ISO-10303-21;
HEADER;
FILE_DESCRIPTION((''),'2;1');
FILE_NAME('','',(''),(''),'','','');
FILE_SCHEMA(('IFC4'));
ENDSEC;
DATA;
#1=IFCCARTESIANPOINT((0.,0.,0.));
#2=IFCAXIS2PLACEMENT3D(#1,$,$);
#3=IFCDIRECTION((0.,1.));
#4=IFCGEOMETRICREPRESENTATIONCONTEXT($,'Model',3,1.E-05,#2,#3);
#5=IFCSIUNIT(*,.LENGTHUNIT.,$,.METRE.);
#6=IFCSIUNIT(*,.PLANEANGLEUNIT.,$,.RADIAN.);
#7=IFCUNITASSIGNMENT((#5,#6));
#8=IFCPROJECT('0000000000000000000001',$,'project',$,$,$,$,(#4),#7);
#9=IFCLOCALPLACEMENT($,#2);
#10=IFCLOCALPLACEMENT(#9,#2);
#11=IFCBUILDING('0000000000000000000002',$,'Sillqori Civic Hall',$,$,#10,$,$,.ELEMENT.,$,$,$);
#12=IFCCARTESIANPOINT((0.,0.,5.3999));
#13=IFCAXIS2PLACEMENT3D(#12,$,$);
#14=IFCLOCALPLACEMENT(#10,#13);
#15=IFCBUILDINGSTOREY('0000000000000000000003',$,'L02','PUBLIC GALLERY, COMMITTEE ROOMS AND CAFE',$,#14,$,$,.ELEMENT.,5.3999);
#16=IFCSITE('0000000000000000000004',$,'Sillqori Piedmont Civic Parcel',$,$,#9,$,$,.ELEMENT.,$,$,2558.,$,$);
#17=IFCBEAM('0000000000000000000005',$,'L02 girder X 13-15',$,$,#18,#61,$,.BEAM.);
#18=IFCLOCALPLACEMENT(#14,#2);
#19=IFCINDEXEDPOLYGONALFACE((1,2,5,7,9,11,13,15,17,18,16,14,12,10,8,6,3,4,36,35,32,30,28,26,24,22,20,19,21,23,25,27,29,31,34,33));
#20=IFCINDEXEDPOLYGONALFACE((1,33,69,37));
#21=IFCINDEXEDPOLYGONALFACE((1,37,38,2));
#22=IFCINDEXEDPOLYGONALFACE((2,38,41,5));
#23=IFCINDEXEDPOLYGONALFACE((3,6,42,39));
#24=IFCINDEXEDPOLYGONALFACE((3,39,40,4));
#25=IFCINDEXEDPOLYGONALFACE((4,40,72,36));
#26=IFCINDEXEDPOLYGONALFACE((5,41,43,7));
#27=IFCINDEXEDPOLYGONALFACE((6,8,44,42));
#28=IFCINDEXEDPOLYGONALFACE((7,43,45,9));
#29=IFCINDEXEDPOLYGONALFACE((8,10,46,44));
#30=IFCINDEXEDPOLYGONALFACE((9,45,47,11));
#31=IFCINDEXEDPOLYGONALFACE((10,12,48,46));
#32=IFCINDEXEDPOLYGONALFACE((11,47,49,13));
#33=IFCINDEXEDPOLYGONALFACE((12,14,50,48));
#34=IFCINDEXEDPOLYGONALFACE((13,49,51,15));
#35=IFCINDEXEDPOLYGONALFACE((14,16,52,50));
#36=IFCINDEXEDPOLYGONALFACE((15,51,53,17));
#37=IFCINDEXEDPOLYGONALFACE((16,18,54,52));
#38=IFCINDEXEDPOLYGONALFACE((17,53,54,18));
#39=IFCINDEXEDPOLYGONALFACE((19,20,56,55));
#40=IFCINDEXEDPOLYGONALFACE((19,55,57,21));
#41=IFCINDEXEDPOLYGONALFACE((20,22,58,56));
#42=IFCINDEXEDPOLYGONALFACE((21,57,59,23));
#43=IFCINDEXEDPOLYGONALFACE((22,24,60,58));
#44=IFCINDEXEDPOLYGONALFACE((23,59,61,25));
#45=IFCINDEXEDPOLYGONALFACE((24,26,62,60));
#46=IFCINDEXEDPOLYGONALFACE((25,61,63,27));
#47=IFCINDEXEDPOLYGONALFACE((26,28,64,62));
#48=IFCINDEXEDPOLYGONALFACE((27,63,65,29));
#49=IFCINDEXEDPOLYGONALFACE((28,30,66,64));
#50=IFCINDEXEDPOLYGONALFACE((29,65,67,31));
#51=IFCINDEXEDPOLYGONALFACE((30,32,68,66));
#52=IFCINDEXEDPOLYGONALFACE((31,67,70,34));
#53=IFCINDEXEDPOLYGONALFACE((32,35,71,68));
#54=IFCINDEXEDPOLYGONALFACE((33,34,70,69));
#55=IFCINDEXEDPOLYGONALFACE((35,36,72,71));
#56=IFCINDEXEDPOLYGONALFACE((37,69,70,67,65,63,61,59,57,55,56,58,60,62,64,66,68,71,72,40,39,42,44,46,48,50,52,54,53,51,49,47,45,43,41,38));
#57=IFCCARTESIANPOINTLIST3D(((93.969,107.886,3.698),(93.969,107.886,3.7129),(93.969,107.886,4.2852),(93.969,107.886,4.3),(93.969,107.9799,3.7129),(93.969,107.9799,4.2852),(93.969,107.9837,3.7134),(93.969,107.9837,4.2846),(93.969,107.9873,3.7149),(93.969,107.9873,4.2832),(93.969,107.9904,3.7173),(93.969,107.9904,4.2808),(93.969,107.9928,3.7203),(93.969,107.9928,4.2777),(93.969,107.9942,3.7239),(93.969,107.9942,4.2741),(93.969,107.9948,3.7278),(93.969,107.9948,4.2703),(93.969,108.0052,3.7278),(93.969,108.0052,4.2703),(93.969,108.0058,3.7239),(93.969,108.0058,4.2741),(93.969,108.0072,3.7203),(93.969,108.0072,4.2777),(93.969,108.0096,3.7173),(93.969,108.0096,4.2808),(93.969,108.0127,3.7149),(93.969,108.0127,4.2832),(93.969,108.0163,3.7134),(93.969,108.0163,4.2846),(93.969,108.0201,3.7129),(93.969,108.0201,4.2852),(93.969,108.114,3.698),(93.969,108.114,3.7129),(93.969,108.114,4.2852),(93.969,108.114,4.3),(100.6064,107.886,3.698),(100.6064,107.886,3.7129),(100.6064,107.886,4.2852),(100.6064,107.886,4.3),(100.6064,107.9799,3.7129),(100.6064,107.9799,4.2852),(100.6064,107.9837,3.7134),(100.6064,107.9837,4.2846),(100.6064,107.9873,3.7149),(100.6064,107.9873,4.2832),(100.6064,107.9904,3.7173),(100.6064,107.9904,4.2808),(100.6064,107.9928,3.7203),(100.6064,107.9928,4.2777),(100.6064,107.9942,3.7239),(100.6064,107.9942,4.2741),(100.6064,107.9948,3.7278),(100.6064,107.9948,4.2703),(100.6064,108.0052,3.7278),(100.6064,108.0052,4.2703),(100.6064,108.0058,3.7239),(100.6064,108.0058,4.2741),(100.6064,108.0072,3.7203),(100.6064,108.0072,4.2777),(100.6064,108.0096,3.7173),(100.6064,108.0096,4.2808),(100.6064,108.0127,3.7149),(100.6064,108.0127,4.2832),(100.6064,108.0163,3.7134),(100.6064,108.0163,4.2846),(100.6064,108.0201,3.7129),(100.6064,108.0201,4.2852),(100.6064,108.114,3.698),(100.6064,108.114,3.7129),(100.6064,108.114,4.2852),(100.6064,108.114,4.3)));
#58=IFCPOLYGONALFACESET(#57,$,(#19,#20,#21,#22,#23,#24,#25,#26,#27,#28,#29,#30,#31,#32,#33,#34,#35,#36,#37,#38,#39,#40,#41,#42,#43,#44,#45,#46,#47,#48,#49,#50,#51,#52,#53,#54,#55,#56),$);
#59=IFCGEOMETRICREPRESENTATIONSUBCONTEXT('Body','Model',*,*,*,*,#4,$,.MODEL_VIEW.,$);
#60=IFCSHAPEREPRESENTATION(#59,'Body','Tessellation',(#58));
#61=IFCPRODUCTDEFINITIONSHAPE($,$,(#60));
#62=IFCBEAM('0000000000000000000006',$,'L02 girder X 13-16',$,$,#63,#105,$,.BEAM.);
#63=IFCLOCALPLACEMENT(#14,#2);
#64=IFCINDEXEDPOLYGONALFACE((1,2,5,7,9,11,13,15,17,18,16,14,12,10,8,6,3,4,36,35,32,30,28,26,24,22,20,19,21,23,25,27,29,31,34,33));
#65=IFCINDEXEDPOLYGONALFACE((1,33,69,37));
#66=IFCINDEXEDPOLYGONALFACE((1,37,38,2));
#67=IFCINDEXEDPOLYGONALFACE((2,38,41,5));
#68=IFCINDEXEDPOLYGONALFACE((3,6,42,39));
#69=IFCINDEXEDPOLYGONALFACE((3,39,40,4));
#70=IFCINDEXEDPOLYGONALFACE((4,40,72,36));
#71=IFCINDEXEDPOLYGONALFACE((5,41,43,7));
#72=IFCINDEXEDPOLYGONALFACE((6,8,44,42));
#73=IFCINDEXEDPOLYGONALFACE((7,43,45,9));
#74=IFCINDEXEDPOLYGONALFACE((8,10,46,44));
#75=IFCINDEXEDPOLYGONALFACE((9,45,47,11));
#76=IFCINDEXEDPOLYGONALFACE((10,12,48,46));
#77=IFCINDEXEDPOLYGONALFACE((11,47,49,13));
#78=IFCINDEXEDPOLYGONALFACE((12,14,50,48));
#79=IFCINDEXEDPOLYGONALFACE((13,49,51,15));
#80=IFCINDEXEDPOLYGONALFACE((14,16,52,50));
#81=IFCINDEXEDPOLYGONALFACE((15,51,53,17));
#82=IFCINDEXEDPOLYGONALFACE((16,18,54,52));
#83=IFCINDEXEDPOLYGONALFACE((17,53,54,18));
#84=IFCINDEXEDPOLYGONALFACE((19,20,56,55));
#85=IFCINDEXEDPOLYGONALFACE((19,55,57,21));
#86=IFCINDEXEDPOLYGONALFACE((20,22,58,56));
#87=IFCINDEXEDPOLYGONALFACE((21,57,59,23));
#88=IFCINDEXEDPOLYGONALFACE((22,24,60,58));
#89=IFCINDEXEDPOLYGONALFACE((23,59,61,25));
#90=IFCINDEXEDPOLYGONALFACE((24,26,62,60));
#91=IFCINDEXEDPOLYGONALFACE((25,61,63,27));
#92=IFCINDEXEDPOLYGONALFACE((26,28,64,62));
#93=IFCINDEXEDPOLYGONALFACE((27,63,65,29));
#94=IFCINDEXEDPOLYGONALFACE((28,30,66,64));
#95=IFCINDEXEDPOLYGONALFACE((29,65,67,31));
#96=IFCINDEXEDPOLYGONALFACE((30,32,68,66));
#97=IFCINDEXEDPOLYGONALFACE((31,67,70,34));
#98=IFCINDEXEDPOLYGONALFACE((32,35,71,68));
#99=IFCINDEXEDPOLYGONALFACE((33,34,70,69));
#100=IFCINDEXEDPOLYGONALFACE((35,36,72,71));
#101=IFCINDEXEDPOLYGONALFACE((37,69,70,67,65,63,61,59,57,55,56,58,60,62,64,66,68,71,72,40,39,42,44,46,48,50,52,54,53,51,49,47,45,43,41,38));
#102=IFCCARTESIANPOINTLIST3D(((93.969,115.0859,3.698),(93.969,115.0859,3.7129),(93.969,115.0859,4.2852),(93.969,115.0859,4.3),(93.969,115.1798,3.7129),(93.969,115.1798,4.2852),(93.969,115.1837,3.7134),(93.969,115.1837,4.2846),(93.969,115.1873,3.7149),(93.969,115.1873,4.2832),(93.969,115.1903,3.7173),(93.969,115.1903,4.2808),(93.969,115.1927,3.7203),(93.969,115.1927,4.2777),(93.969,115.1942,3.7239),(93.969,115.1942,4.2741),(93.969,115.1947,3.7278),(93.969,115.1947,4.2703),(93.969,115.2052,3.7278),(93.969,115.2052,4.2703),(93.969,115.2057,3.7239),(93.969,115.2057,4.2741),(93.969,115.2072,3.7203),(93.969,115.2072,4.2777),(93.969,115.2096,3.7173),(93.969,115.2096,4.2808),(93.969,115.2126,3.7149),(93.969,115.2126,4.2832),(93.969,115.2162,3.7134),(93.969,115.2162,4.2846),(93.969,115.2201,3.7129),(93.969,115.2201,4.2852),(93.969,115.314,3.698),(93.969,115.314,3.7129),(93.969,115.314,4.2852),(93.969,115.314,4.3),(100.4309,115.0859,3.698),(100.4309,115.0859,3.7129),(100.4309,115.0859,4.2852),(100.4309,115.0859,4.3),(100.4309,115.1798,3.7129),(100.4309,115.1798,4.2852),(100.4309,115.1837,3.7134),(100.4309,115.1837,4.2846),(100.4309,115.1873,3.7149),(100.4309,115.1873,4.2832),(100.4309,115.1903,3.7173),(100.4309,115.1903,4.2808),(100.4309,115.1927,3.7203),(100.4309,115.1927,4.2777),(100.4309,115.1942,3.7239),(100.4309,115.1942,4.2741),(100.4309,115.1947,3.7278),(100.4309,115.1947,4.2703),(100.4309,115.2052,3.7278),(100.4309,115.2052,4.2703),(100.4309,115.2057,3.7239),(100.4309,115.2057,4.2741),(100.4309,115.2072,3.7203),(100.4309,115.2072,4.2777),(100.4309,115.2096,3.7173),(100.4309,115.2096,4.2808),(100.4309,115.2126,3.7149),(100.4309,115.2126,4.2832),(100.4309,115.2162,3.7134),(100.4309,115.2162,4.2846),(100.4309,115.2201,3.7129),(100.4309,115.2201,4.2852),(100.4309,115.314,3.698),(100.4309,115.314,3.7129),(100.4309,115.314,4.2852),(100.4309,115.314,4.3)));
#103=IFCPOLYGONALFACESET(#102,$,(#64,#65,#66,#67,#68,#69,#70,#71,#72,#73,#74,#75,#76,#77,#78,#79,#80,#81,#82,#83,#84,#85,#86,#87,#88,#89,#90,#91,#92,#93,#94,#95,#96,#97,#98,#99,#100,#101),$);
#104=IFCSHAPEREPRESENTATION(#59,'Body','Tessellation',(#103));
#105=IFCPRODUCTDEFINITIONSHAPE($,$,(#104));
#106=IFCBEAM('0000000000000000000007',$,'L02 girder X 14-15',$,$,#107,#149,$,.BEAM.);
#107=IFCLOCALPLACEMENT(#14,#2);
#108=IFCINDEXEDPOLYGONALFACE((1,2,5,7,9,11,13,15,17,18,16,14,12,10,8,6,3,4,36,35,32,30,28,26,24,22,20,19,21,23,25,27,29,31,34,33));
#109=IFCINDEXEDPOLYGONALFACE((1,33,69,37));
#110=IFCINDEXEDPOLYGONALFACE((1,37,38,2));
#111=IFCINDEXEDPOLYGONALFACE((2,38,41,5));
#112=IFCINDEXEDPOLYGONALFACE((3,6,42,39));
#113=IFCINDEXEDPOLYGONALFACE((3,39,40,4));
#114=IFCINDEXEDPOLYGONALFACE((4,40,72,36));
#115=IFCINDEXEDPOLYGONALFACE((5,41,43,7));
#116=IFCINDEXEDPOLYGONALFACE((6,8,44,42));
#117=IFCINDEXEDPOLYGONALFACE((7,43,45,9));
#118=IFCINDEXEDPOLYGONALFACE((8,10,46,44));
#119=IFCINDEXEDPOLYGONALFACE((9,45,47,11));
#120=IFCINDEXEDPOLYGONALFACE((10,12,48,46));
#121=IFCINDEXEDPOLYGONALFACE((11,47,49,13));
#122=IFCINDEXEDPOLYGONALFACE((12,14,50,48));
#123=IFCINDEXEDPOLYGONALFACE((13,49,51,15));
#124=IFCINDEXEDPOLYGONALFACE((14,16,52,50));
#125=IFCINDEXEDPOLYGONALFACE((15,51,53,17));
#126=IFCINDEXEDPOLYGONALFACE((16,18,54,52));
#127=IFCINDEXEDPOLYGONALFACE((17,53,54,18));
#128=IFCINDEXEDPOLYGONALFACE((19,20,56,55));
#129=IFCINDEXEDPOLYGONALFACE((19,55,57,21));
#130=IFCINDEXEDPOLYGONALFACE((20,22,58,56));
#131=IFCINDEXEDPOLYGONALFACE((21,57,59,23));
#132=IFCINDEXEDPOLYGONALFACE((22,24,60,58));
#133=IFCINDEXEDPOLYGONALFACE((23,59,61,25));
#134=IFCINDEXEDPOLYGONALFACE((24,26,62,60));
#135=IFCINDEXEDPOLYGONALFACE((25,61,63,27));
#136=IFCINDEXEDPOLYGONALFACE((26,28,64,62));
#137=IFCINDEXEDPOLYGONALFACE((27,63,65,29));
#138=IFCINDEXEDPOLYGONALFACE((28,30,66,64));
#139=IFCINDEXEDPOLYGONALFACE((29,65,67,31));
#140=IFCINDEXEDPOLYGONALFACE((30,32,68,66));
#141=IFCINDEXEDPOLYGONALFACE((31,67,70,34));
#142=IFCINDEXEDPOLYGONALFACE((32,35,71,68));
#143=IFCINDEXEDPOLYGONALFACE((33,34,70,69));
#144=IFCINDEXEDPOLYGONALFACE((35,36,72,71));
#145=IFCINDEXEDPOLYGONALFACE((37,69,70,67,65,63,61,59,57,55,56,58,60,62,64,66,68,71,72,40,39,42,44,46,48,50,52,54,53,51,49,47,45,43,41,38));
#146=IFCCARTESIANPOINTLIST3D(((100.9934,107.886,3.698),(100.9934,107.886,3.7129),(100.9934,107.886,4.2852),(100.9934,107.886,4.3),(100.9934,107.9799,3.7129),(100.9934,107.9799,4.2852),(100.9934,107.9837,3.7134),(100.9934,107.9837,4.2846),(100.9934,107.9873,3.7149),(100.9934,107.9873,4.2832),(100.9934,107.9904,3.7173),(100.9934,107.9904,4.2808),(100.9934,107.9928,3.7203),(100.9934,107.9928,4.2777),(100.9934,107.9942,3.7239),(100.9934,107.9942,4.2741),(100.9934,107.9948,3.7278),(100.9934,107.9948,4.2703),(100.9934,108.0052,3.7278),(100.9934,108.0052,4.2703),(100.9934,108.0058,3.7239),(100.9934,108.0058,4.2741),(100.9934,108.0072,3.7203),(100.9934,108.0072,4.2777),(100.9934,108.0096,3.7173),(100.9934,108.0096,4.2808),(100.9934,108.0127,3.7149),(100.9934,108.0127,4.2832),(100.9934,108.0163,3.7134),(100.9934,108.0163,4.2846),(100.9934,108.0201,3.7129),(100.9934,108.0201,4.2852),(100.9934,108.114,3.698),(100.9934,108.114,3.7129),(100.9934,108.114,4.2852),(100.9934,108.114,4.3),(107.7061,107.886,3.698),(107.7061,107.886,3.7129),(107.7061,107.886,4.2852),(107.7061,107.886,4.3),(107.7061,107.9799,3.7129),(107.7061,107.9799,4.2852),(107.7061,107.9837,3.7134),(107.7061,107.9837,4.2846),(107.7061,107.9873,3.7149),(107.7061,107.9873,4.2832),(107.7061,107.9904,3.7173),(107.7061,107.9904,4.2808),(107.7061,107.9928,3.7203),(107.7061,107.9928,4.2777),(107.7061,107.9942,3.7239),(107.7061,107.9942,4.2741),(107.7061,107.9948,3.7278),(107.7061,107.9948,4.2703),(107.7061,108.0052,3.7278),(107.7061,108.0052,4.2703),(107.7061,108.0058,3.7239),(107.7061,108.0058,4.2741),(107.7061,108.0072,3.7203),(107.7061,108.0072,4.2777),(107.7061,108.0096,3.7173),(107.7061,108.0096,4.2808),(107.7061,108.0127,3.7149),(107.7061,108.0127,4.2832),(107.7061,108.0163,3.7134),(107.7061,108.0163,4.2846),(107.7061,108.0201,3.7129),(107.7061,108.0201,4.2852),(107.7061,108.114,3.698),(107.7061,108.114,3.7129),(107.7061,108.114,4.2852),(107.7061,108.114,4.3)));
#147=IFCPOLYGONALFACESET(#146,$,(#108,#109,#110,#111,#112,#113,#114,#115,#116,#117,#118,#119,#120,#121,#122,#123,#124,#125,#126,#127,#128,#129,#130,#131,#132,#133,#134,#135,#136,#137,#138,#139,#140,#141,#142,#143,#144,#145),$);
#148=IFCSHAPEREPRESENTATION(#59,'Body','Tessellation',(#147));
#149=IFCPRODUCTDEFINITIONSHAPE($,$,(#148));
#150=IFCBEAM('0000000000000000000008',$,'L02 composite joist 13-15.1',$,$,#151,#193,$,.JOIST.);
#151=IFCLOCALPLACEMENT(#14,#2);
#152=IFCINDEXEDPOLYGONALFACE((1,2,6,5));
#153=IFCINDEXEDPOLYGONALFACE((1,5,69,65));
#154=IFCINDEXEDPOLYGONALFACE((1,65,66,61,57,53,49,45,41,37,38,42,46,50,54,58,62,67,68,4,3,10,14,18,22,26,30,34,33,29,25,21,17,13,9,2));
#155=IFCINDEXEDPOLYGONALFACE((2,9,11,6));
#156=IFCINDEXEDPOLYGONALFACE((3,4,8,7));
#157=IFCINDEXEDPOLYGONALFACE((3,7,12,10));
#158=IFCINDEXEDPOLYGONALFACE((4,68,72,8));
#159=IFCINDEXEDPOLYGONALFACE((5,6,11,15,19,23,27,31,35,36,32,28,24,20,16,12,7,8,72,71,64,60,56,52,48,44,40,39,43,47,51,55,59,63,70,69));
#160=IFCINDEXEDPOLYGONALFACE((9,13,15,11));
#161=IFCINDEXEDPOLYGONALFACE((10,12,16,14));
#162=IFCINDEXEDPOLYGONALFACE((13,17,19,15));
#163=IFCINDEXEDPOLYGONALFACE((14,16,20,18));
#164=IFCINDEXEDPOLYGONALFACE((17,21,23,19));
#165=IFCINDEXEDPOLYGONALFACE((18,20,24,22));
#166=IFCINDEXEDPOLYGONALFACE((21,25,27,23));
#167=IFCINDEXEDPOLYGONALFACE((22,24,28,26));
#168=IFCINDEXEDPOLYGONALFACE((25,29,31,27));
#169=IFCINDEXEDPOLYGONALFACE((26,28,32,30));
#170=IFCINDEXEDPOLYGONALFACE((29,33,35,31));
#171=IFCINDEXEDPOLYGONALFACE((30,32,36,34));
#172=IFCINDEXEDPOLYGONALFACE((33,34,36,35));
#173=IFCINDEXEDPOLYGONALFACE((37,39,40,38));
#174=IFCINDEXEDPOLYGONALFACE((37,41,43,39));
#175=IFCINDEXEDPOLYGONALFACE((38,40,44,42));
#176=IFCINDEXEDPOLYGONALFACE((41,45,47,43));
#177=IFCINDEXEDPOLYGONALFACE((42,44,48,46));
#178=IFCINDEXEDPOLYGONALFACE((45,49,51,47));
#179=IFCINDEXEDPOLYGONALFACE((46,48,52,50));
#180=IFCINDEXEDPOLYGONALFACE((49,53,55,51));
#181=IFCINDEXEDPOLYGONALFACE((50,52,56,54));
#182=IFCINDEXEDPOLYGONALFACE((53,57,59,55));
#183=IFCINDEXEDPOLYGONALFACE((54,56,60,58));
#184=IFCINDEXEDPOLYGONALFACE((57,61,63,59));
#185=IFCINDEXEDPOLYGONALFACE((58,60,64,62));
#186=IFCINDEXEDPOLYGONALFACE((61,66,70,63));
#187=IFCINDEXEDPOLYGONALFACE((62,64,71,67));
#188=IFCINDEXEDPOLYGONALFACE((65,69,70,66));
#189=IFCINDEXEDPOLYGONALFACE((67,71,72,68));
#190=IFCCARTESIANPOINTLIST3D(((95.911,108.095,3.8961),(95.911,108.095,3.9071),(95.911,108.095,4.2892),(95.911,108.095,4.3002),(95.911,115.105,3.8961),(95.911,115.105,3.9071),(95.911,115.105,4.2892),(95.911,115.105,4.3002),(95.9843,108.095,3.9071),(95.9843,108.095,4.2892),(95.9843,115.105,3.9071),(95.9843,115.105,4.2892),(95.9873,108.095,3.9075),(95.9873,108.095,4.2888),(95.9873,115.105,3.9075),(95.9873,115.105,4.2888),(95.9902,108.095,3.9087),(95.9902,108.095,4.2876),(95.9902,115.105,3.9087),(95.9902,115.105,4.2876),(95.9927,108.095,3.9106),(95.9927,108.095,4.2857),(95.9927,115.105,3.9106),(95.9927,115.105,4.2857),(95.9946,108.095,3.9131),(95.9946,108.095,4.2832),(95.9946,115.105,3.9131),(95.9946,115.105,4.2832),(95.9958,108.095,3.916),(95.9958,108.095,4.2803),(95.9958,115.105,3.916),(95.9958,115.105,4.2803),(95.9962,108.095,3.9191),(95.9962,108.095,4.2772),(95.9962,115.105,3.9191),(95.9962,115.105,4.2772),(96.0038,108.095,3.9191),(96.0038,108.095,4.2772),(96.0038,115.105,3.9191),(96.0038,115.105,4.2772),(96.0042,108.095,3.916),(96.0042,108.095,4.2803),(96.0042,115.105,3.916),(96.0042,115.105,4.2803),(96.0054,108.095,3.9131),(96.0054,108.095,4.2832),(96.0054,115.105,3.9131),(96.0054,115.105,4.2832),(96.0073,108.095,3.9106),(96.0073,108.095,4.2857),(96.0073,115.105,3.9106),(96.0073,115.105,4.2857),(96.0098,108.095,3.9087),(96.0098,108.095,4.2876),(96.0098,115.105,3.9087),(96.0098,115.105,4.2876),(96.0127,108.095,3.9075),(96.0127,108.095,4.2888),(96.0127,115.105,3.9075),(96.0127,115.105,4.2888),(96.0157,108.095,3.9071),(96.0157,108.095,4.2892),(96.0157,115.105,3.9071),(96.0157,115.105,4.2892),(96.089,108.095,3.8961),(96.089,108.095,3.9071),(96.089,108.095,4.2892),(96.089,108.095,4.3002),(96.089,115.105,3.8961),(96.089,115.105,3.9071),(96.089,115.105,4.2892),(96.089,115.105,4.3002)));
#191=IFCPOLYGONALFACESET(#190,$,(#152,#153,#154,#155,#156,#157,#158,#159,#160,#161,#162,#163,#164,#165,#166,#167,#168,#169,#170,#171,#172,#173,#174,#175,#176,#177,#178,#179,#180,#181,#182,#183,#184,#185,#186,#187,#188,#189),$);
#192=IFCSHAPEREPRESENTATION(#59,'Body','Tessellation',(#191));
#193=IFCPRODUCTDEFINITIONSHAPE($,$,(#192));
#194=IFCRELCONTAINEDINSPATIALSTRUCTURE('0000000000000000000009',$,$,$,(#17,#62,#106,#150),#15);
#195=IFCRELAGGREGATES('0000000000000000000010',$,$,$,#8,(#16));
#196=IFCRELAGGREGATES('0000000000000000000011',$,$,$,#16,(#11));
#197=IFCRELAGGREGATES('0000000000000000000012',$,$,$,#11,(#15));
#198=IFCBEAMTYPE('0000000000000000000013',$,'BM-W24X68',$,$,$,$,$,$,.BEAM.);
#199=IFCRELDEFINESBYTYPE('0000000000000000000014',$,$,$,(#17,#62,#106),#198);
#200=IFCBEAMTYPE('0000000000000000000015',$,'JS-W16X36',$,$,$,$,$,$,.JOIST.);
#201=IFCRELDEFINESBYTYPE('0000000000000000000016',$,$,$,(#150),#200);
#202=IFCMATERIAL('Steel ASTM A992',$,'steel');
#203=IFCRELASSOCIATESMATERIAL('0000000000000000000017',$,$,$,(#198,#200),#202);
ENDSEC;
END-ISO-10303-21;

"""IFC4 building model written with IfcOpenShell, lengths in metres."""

from ifc_helpers import new_model, si_unit, direction, frame, origin, origin_2d, place, context, subcontext, project, spatial, i_section, extrude, material, material_profile, profile_set, type_object, element, save


model = new_model("IFC4")

# Units and contexts
model_context = context("Model", 3, precision=1e-05, world=origin(), true_north=direction((0.0, 1.0)))
body_context = subcontext(model_context, "Body", "Model", "MODEL_VIEW")
ifc_project = project(units=[si_unit("LENGTHUNIT", "METRE"), si_unit("PLANEANGLEUNIT", "RADIAN")], contexts=[model_context])

# Site, building, storey
site_placement = place(None, origin())
site = spatial("IfcSite", under=ifc_project, at=site_placement, Name="Sillqori Piedmont Civic Parcel", CompositionType="ELEMENT", RefElevation=2558.0)
building_placement = place(site_placement, origin())
building = spatial("IfcBuilding", under=site, at=building_placement, Name="Sillqori Civic Hall", CompositionType="ELEMENT")
storey_placement = place(building_placement, frame((0.0, 0.0, 5.3999)))
storey = spatial("IfcBuildingStorey", under=building, at=storey_placement, Name="L02", Description="PUBLIC GALLERY, COMMITTEE ROOMS AND CAFE", CompositionType="ELEMENT", Elevation=5.3999)

# Shared definitions
ifc_material_1 = material(Name="Steel ASTM A992", Category="steel")

# Beams
ifc_material_profile_1 = material_profile(ifc_material_1, i_section(OverallWidth=0.228, OverallDepth=0.6021, WebThickness=0.0105, FlangeThickness=0.0149, FilletRadius=0.0149, at=origin_2d()), Name="W24X68")
ifc_profile_set_1 = profile_set([ifc_material_profile_1], Name="Steel ASTM A992")
beam_type_1 = type_object("IfcBeamType", Name="BM-W24X68", PredefinedType="BEAM", material=ifc_profile_set_1)
beam_1_placement = place(storey_placement, frame((93.969, 108.0, 3.999), z_axis=(1.0, 0.0, 0.0), x_axis=(0.0, 1.0, 0.0)))
element("IfcBeam", 1, at=beam_1_placement, inside=storey, type_object=beam_type_1, Name="L02 girder X 13-15", PredefinedType="BEAM", context=body_context, shape_type="SweptSolid", body=[
    extrude(i_section(OverallWidth=0.228, OverallDepth=0.6021, WebThickness=0.0105, FlangeThickness=0.0149, FilletRadius=0.0149, at=origin_2d()), origin(), (0.0, 0.0, 1.0), 6.6375),
])
beam_2_placement = place(storey_placement, frame((93.969, 115.2, 3.999), z_axis=(1.0, 0.0, 0.0), x_axis=(0.0, 1.0, 0.0)))
element("IfcBeam", 2, at=beam_2_placement, inside=storey, type_object=beam_type_1, Name="L02 girder X 13-16", PredefinedType="BEAM", context=body_context, shape_type="SweptSolid", body=[
    extrude(i_section(OverallWidth=0.228, OverallDepth=0.6021, WebThickness=0.0105, FlangeThickness=0.0149, FilletRadius=0.0149, at=origin_2d()), origin(), (0.0, 0.0, 1.0), 6.4619),
])
beam_3_placement = place(storey_placement, frame((100.9934, 108.0, 3.999), z_axis=(1.0, 0.0, 0.0), x_axis=(0.0, 1.0, 0.0)))
element("IfcBeam", 3, at=beam_3_placement, inside=storey, type_object=beam_type_1, Name="L02 girder X 14-15", PredefinedType="BEAM", context=body_context, shape_type="SweptSolid", body=[
    extrude(i_section(OverallWidth=0.228, OverallDepth=0.6021, WebThickness=0.0105, FlangeThickness=0.0149, FilletRadius=0.0149, at=origin_2d()), origin(), (0.0, 0.0, 1.0), 6.7126),
])

# Beam
ifc_material_profile_2 = material_profile(ifc_material_1, i_section(OverallWidth=0.178, OverallDepth=0.4041, WebThickness=0.0076, FlangeThickness=0.011, FilletRadius=0.012, at=origin_2d()), Name="W16X36")
ifc_profile_set_2 = profile_set([ifc_material_profile_2], Name="Steel ASTM A992")
beam_type_2 = type_object("IfcBeamType", Name="JS-W16X36", PredefinedType="JOIST", material=ifc_profile_set_2)
for number, where, z_axis, x_axis, name in (
    (4, (96.0, 108.095, 4.0981), (0.0, 1.0, 0.0), (-1.0, 0.0, 0.0), "L02 composite joist 13-15.1"),
):
    element("IfcBeam", number, at=place(storey_placement, frame(where, z_axis=z_axis, x_axis=x_axis)), inside=storey, type_object=beam_type_2, Name=name, PredefinedType="JOIST", context=body_context, shape_type="SweptSolid", body=[
        extrude(i_section(OverallWidth=0.178, OverallDepth=0.4041, WebThickness=0.0076, FlangeThickness=0.011, FilletRadius=0.012, at=origin_2d()), origin(), (0.0, 0.0, 1.0), 7.01),
    ])

save(model, "model.ifc")
